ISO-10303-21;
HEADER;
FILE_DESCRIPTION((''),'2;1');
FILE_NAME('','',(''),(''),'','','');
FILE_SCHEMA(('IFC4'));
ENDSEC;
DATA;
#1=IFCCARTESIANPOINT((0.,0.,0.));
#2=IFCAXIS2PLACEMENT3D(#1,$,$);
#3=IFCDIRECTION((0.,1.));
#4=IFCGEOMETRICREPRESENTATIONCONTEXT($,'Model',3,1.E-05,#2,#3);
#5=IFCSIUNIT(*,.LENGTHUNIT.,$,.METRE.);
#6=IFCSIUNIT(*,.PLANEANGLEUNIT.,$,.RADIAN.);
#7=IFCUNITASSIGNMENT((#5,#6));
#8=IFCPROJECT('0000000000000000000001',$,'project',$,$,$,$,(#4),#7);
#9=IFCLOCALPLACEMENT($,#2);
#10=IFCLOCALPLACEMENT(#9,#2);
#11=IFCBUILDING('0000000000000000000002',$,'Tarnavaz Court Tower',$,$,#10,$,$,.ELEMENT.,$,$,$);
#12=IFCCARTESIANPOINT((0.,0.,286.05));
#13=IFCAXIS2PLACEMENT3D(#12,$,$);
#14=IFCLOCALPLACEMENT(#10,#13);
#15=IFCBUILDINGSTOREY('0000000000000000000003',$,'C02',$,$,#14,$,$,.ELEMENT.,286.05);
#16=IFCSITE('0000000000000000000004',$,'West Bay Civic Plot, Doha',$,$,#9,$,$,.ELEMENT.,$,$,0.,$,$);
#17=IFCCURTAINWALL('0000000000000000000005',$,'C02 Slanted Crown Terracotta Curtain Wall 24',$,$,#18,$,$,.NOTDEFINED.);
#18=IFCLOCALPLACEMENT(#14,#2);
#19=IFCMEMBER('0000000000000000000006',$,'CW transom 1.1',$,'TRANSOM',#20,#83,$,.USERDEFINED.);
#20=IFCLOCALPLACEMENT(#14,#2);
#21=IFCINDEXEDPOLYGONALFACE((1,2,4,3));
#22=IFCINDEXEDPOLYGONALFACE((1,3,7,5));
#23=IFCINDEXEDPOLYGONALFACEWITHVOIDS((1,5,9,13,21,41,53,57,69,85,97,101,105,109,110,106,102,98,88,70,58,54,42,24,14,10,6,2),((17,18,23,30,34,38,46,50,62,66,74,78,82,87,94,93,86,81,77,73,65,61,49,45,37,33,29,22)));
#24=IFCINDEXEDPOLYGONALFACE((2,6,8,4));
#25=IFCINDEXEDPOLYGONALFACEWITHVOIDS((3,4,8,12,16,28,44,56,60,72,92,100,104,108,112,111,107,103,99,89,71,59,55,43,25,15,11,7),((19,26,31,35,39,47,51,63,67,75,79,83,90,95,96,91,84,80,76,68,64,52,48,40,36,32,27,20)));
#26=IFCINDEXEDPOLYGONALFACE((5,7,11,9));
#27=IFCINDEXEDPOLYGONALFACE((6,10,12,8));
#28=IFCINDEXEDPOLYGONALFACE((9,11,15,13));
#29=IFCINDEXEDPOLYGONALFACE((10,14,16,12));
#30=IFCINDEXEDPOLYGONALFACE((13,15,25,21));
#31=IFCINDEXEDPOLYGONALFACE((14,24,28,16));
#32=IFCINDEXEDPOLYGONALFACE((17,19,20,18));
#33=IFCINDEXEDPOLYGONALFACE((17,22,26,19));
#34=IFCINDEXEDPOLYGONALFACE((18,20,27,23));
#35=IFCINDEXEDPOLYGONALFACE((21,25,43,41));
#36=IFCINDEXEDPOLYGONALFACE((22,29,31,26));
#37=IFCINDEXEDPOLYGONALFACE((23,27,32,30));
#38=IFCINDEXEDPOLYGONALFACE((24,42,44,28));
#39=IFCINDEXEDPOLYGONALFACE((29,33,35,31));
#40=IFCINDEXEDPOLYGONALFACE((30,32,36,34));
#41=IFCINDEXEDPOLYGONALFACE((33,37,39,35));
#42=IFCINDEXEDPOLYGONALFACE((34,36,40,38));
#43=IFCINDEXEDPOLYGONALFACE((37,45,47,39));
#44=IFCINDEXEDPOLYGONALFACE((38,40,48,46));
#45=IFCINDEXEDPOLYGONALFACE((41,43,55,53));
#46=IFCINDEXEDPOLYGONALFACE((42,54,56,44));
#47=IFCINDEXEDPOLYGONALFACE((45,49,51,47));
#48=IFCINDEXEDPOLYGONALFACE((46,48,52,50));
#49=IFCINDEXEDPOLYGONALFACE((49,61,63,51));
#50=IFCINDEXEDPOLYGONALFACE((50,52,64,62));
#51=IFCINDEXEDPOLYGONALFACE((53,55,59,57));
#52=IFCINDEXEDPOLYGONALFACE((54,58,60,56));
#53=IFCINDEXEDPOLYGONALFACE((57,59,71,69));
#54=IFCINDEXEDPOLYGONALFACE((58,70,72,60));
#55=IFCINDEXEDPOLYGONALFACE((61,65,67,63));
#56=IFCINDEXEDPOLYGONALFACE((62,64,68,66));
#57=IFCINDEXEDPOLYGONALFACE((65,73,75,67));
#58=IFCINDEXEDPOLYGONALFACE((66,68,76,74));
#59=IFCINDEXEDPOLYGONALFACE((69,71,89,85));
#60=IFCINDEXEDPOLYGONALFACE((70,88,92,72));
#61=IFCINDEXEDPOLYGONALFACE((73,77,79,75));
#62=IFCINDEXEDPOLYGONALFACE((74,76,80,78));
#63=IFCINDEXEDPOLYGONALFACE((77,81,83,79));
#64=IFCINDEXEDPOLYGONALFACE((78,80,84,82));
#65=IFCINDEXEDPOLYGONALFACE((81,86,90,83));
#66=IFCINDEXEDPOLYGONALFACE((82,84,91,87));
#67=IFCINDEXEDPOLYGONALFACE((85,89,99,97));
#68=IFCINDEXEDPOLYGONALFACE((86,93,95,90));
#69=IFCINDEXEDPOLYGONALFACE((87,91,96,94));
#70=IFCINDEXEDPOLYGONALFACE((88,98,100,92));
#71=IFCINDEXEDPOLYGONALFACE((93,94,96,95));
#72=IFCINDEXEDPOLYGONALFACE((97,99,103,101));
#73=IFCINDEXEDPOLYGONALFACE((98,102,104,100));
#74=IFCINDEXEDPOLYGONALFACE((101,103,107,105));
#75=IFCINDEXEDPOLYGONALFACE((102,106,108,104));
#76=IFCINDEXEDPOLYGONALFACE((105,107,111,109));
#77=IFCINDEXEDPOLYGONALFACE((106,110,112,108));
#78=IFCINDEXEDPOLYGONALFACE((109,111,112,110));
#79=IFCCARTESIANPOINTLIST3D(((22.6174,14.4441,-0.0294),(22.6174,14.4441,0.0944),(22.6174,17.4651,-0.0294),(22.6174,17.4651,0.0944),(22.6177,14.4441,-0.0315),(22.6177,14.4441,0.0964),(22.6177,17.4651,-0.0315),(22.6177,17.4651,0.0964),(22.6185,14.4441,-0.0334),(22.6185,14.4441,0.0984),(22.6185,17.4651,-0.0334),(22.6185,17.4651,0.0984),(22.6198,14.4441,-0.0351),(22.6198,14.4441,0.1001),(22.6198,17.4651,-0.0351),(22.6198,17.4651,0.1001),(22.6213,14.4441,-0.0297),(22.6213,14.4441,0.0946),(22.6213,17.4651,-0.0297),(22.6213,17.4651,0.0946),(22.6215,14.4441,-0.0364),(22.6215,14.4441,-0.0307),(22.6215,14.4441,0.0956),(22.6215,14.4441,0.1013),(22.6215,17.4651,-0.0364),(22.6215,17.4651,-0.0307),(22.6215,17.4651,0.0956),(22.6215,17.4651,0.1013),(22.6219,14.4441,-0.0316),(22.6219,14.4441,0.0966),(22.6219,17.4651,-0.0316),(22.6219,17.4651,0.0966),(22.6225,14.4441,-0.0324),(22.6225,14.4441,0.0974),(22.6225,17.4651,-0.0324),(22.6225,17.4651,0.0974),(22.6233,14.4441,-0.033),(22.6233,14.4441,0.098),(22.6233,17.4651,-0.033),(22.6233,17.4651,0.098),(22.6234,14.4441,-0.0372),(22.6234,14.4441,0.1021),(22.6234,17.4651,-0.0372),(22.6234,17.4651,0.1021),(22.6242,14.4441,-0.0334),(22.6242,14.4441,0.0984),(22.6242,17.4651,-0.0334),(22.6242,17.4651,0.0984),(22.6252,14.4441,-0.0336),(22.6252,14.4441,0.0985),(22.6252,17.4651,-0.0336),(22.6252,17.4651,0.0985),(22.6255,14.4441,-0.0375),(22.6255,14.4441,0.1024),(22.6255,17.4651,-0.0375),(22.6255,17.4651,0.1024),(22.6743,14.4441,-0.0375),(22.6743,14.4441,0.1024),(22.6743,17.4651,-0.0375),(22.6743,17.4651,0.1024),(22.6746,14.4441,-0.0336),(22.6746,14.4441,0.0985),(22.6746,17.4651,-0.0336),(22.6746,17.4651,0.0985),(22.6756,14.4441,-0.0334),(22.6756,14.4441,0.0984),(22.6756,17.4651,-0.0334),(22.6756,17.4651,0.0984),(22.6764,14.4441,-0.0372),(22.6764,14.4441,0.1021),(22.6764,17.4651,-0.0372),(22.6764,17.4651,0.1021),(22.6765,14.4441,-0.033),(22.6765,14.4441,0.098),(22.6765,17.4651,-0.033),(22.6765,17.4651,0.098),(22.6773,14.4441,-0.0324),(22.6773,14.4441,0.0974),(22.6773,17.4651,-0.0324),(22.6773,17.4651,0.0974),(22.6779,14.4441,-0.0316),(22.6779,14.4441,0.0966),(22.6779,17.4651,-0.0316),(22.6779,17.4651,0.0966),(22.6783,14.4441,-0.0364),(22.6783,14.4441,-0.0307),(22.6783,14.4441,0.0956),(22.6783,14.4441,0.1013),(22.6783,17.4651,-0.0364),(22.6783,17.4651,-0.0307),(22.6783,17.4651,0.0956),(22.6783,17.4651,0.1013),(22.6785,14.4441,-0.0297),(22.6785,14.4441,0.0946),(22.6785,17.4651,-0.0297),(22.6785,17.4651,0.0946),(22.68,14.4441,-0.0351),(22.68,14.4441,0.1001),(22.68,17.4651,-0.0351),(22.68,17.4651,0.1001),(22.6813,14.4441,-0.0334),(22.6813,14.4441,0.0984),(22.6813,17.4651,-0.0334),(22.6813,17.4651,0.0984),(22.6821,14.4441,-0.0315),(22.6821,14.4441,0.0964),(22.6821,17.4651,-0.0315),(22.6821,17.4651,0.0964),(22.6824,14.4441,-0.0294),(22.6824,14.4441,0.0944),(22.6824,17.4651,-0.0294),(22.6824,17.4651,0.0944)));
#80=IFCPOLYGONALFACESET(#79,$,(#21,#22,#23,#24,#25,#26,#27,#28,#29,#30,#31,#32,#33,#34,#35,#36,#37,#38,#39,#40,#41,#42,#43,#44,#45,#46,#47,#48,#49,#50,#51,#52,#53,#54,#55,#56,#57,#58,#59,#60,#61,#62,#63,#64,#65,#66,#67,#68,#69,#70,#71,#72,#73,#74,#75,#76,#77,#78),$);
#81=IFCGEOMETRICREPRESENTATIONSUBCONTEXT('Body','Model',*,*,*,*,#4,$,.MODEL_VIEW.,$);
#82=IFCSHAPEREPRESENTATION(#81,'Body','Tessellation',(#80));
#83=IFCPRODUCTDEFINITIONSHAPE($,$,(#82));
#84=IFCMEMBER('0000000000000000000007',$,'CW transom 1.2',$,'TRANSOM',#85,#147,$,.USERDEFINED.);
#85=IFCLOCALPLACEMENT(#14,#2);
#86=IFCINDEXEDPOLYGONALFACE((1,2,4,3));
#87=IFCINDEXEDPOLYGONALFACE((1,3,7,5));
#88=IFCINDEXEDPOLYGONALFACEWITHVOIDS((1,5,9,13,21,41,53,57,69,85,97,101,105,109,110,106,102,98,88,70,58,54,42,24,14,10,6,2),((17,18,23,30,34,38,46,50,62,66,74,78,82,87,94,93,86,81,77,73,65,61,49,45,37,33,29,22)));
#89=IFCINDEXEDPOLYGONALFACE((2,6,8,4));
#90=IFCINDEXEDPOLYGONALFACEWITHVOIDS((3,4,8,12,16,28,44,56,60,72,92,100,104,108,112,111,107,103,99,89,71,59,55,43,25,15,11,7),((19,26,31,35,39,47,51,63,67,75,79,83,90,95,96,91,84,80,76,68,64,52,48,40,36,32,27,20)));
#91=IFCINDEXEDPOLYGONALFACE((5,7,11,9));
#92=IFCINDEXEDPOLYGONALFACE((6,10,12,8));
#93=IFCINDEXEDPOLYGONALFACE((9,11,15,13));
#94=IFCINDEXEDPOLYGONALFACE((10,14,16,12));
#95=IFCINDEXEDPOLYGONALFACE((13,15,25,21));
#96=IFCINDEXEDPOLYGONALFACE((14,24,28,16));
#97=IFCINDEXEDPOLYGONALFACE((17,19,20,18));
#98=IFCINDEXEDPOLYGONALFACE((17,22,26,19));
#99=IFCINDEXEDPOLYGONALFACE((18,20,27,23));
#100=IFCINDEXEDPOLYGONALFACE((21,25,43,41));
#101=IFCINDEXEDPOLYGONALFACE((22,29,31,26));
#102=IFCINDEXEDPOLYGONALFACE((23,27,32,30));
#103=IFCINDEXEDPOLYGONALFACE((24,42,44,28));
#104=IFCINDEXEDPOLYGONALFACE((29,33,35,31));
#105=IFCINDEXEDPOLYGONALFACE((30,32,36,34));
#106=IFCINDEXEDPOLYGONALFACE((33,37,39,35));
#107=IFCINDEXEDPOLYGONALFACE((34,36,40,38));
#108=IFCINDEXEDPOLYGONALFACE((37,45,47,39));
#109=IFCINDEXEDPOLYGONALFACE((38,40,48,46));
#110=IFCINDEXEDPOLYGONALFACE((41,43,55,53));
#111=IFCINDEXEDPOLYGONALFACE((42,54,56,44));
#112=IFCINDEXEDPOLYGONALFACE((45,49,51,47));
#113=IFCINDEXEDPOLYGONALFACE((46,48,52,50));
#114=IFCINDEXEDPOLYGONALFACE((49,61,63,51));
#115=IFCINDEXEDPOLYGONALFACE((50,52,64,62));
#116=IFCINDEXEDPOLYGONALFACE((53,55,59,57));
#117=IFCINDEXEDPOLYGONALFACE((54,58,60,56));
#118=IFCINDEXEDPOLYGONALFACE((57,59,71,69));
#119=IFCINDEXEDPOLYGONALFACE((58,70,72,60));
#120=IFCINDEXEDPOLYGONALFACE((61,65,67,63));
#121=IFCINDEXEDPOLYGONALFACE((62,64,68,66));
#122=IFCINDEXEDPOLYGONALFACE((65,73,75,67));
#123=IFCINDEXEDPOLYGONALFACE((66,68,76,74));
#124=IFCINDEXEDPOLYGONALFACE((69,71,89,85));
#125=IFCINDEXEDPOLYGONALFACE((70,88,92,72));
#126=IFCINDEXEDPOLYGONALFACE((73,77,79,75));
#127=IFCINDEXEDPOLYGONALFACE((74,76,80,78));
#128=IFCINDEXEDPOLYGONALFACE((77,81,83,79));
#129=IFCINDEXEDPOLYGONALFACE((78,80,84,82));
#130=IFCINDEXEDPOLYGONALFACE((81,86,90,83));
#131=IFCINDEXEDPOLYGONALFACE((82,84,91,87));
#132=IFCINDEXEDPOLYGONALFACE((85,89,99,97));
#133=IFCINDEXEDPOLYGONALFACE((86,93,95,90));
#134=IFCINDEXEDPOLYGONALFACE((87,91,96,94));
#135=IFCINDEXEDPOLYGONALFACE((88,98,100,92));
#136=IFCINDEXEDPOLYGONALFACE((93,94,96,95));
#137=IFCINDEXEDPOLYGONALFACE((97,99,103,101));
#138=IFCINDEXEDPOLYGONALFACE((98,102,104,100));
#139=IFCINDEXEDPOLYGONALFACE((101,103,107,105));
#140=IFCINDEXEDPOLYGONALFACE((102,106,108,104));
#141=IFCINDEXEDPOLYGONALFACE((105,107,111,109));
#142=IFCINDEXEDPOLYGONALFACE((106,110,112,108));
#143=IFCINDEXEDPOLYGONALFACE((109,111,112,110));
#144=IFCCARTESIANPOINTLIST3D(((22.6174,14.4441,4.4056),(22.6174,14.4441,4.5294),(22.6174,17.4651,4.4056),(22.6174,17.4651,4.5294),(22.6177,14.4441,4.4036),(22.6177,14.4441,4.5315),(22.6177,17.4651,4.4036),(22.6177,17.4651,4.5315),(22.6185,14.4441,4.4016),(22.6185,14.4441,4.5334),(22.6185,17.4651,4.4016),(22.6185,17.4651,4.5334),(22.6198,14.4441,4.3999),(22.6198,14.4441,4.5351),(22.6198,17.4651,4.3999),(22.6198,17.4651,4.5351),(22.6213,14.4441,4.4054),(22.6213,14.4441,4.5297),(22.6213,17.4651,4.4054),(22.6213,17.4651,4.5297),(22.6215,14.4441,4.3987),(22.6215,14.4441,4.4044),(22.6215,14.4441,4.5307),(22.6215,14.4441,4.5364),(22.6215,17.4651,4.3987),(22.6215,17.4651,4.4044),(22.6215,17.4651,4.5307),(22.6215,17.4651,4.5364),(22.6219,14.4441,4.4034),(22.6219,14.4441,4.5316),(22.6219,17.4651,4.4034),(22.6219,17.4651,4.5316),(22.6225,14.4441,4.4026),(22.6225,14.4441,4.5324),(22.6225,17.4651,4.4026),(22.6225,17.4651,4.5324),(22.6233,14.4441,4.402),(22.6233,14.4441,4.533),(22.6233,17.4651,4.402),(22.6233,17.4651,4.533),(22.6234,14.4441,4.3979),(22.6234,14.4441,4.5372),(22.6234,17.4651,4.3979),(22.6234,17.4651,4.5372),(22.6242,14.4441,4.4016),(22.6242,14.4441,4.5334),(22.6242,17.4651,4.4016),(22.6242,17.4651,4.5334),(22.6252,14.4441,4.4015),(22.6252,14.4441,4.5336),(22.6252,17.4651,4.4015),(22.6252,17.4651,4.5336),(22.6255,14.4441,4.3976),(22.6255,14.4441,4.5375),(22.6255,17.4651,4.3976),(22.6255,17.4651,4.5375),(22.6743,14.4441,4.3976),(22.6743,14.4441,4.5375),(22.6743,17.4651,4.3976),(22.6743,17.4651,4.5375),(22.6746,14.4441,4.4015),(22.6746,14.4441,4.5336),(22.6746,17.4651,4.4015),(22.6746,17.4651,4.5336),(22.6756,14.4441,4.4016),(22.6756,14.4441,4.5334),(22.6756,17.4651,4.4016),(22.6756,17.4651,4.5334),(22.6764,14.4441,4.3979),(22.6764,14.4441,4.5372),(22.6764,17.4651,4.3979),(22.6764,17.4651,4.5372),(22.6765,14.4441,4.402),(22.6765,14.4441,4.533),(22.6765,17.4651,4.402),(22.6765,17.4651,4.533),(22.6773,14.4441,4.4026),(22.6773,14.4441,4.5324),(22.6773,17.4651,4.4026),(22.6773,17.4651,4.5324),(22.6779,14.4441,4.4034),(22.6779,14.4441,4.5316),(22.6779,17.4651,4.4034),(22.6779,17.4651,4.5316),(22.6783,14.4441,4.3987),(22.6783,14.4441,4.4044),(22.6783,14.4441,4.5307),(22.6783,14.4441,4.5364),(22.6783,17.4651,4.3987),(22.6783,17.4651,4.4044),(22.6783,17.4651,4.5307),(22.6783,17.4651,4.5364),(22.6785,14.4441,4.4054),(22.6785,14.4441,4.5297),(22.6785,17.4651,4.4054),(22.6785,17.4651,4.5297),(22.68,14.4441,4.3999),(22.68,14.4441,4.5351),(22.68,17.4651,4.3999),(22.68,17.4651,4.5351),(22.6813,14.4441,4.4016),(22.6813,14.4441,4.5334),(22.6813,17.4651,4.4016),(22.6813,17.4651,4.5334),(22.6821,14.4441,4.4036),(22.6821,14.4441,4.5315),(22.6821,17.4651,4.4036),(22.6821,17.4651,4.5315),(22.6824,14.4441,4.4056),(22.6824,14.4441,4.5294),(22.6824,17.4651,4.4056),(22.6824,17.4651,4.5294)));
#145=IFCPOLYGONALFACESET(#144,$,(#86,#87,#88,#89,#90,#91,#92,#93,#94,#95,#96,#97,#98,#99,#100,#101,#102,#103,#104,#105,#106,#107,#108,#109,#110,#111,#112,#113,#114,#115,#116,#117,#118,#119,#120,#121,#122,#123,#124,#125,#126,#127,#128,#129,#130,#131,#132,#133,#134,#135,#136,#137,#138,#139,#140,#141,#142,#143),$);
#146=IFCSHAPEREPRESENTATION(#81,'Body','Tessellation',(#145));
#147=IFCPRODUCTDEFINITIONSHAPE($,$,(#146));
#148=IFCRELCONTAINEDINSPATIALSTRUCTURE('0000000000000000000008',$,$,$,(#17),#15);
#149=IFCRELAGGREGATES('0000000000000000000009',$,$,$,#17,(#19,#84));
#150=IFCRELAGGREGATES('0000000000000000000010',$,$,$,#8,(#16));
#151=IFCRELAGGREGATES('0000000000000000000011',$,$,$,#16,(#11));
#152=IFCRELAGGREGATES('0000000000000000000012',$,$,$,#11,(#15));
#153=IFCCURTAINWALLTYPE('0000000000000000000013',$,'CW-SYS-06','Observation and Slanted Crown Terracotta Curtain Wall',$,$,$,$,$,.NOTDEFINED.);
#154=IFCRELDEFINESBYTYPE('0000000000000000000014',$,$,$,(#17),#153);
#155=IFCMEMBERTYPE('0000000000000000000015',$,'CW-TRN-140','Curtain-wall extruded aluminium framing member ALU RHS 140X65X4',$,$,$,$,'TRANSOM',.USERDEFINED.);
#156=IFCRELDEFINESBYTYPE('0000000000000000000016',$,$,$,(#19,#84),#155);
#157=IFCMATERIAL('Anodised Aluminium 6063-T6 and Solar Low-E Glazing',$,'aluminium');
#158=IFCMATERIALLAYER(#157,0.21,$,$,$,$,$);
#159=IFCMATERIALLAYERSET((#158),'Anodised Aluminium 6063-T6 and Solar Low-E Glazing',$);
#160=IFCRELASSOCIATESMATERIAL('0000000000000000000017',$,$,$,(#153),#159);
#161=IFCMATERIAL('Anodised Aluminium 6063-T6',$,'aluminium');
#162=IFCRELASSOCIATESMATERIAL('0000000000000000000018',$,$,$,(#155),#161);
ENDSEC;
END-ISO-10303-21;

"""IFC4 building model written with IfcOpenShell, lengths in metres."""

from ifc_helpers import new_model, si_unit, direction, frame, origin, origin_2d, place, context, subcontext, project, spatial, hollow_rectangle, extrude, material, layer, layer_set, material_profile, profile_set, type_object, element, aggregate, save


model = new_model("IFC4")

# Units and contexts
model_context = context("Model", 3, precision=1e-05, world=origin(), true_north=direction((0.0, 1.0)))
body_context = subcontext(model_context, "Body", "Model", "MODEL_VIEW")
ifc_project = project(units=[si_unit("LENGTHUNIT", "METRE"), si_unit("PLANEANGLEUNIT", "RADIAN")], contexts=[model_context])

# Site, building, storey
site_placement = place(None, origin())
site = spatial("IfcSite", under=ifc_project, at=site_placement, Name="West Bay Civic Plot, Doha", CompositionType="ELEMENT", RefElevation=0.0)
building_placement = place(site_placement, origin())
building = spatial("IfcBuilding", under=site, at=building_placement, Name="Tarnavaz Court Tower", CompositionType="ELEMENT")
storey_placement = place(building_placement, frame((0.0, 0.0, 286.05)))
storey = spatial("IfcBuildingStorey", under=building, at=storey_placement, Name="C02", CompositionType="ELEMENT", Elevation=286.05)

# Shared definitions
ifc_material_1 = material(Name="Anodised Aluminium 6063-T6 and Solar Low-E Glazing", Category="aluminium")
ifc_layer_1 = layer(ifc_material_1, 0.21)
ifc_layer_set_1 = layer_set([ifc_layer_1], Name="Anodised Aluminium 6063-T6 and Solar Low-E Glazing")
curtain_wall_type = type_object("IfcCurtainWallType", Name="CW-SYS-06", Description="Observation and Slanted Crown Terracotta Curtain Wall", PredefinedType="NOTDEFINED", material=ifc_layer_set_1)
ifc_material_2 = material(Name="Anodised Aluminium 6063-T6", Category="aluminium")

# Curtain wall
curtain_wall_1_placement = place(storey_placement, origin())
curtain_wall_1 = element("IfcCurtainWall", 1, at=curtain_wall_1_placement, inside=storey, type_object=curtain_wall_type, Name="C02 Slanted Crown Terracotta Curtain Wall 24", PredefinedType="NOTDEFINED")

# Members
ifc_material_profile_1 = material_profile(ifc_material_2, hollow_rectangle(XDim=0.0649, YDim=0.1399, WallThickness=0.0039, InnerFilletRadius=0.0039, OuterFilletRadius=0.0081, at=origin_2d()), Name="ALU RHS 140X65X4")
ifc_profile_set_1 = profile_set([ifc_material_profile_1], Name="Anodised Aluminium 6063-T6")
member_type_1 = type_object("IfcMemberType", Name="CW-TRN-140", Description="Curtain-wall extruded aluminium framing member ALU RHS 140X65X4", ElementType="TRANSOM", PredefinedType="USERDEFINED", material=ifc_profile_set_1)
member_1_placement = place(storey_placement, frame((22.6499, 17.4651, 0.0325), z_axis=(0.0, -1.0, 0.0), x_axis=(1.0, 0.0, 0.0)))
member_1 = element("IfcMember", 2, at=member_1_placement, type_object=member_type_1, Name="CW transom 1.1", ObjectType="TRANSOM", PredefinedType="USERDEFINED", context=body_context, shape_type="SweptSolid", body=[
    extrude(hollow_rectangle(XDim=0.0649, YDim=0.1399, WallThickness=0.0039, InnerFilletRadius=0.0039, OuterFilletRadius=0.0081, at=origin_2d()), origin(), (0.0, 0.0, 1.0), 3.021),
])
member_2_placement = place(storey_placement, frame((22.6499, 17.4651, 4.4675), z_axis=(0.0, -1.0, 0.0), x_axis=(1.0, 0.0, 0.0)))
member_2 = element("IfcMember", 3, at=member_2_placement, type_object=member_type_1, Name="CW transom 1.2", ObjectType="TRANSOM", PredefinedType="USERDEFINED", context=body_context, shape_type="SweptSolid", body=[
    extrude(hollow_rectangle(XDim=0.0649, YDim=0.1399, WallThickness=0.0039, InnerFilletRadius=0.0039, OuterFilletRadius=0.0081, at=origin_2d()), origin(), (0.0, 0.0, 1.0), 3.021),
])

aggregate(curtain_wall_1, [member_1, member_2])

save(model, "model.ifc")
